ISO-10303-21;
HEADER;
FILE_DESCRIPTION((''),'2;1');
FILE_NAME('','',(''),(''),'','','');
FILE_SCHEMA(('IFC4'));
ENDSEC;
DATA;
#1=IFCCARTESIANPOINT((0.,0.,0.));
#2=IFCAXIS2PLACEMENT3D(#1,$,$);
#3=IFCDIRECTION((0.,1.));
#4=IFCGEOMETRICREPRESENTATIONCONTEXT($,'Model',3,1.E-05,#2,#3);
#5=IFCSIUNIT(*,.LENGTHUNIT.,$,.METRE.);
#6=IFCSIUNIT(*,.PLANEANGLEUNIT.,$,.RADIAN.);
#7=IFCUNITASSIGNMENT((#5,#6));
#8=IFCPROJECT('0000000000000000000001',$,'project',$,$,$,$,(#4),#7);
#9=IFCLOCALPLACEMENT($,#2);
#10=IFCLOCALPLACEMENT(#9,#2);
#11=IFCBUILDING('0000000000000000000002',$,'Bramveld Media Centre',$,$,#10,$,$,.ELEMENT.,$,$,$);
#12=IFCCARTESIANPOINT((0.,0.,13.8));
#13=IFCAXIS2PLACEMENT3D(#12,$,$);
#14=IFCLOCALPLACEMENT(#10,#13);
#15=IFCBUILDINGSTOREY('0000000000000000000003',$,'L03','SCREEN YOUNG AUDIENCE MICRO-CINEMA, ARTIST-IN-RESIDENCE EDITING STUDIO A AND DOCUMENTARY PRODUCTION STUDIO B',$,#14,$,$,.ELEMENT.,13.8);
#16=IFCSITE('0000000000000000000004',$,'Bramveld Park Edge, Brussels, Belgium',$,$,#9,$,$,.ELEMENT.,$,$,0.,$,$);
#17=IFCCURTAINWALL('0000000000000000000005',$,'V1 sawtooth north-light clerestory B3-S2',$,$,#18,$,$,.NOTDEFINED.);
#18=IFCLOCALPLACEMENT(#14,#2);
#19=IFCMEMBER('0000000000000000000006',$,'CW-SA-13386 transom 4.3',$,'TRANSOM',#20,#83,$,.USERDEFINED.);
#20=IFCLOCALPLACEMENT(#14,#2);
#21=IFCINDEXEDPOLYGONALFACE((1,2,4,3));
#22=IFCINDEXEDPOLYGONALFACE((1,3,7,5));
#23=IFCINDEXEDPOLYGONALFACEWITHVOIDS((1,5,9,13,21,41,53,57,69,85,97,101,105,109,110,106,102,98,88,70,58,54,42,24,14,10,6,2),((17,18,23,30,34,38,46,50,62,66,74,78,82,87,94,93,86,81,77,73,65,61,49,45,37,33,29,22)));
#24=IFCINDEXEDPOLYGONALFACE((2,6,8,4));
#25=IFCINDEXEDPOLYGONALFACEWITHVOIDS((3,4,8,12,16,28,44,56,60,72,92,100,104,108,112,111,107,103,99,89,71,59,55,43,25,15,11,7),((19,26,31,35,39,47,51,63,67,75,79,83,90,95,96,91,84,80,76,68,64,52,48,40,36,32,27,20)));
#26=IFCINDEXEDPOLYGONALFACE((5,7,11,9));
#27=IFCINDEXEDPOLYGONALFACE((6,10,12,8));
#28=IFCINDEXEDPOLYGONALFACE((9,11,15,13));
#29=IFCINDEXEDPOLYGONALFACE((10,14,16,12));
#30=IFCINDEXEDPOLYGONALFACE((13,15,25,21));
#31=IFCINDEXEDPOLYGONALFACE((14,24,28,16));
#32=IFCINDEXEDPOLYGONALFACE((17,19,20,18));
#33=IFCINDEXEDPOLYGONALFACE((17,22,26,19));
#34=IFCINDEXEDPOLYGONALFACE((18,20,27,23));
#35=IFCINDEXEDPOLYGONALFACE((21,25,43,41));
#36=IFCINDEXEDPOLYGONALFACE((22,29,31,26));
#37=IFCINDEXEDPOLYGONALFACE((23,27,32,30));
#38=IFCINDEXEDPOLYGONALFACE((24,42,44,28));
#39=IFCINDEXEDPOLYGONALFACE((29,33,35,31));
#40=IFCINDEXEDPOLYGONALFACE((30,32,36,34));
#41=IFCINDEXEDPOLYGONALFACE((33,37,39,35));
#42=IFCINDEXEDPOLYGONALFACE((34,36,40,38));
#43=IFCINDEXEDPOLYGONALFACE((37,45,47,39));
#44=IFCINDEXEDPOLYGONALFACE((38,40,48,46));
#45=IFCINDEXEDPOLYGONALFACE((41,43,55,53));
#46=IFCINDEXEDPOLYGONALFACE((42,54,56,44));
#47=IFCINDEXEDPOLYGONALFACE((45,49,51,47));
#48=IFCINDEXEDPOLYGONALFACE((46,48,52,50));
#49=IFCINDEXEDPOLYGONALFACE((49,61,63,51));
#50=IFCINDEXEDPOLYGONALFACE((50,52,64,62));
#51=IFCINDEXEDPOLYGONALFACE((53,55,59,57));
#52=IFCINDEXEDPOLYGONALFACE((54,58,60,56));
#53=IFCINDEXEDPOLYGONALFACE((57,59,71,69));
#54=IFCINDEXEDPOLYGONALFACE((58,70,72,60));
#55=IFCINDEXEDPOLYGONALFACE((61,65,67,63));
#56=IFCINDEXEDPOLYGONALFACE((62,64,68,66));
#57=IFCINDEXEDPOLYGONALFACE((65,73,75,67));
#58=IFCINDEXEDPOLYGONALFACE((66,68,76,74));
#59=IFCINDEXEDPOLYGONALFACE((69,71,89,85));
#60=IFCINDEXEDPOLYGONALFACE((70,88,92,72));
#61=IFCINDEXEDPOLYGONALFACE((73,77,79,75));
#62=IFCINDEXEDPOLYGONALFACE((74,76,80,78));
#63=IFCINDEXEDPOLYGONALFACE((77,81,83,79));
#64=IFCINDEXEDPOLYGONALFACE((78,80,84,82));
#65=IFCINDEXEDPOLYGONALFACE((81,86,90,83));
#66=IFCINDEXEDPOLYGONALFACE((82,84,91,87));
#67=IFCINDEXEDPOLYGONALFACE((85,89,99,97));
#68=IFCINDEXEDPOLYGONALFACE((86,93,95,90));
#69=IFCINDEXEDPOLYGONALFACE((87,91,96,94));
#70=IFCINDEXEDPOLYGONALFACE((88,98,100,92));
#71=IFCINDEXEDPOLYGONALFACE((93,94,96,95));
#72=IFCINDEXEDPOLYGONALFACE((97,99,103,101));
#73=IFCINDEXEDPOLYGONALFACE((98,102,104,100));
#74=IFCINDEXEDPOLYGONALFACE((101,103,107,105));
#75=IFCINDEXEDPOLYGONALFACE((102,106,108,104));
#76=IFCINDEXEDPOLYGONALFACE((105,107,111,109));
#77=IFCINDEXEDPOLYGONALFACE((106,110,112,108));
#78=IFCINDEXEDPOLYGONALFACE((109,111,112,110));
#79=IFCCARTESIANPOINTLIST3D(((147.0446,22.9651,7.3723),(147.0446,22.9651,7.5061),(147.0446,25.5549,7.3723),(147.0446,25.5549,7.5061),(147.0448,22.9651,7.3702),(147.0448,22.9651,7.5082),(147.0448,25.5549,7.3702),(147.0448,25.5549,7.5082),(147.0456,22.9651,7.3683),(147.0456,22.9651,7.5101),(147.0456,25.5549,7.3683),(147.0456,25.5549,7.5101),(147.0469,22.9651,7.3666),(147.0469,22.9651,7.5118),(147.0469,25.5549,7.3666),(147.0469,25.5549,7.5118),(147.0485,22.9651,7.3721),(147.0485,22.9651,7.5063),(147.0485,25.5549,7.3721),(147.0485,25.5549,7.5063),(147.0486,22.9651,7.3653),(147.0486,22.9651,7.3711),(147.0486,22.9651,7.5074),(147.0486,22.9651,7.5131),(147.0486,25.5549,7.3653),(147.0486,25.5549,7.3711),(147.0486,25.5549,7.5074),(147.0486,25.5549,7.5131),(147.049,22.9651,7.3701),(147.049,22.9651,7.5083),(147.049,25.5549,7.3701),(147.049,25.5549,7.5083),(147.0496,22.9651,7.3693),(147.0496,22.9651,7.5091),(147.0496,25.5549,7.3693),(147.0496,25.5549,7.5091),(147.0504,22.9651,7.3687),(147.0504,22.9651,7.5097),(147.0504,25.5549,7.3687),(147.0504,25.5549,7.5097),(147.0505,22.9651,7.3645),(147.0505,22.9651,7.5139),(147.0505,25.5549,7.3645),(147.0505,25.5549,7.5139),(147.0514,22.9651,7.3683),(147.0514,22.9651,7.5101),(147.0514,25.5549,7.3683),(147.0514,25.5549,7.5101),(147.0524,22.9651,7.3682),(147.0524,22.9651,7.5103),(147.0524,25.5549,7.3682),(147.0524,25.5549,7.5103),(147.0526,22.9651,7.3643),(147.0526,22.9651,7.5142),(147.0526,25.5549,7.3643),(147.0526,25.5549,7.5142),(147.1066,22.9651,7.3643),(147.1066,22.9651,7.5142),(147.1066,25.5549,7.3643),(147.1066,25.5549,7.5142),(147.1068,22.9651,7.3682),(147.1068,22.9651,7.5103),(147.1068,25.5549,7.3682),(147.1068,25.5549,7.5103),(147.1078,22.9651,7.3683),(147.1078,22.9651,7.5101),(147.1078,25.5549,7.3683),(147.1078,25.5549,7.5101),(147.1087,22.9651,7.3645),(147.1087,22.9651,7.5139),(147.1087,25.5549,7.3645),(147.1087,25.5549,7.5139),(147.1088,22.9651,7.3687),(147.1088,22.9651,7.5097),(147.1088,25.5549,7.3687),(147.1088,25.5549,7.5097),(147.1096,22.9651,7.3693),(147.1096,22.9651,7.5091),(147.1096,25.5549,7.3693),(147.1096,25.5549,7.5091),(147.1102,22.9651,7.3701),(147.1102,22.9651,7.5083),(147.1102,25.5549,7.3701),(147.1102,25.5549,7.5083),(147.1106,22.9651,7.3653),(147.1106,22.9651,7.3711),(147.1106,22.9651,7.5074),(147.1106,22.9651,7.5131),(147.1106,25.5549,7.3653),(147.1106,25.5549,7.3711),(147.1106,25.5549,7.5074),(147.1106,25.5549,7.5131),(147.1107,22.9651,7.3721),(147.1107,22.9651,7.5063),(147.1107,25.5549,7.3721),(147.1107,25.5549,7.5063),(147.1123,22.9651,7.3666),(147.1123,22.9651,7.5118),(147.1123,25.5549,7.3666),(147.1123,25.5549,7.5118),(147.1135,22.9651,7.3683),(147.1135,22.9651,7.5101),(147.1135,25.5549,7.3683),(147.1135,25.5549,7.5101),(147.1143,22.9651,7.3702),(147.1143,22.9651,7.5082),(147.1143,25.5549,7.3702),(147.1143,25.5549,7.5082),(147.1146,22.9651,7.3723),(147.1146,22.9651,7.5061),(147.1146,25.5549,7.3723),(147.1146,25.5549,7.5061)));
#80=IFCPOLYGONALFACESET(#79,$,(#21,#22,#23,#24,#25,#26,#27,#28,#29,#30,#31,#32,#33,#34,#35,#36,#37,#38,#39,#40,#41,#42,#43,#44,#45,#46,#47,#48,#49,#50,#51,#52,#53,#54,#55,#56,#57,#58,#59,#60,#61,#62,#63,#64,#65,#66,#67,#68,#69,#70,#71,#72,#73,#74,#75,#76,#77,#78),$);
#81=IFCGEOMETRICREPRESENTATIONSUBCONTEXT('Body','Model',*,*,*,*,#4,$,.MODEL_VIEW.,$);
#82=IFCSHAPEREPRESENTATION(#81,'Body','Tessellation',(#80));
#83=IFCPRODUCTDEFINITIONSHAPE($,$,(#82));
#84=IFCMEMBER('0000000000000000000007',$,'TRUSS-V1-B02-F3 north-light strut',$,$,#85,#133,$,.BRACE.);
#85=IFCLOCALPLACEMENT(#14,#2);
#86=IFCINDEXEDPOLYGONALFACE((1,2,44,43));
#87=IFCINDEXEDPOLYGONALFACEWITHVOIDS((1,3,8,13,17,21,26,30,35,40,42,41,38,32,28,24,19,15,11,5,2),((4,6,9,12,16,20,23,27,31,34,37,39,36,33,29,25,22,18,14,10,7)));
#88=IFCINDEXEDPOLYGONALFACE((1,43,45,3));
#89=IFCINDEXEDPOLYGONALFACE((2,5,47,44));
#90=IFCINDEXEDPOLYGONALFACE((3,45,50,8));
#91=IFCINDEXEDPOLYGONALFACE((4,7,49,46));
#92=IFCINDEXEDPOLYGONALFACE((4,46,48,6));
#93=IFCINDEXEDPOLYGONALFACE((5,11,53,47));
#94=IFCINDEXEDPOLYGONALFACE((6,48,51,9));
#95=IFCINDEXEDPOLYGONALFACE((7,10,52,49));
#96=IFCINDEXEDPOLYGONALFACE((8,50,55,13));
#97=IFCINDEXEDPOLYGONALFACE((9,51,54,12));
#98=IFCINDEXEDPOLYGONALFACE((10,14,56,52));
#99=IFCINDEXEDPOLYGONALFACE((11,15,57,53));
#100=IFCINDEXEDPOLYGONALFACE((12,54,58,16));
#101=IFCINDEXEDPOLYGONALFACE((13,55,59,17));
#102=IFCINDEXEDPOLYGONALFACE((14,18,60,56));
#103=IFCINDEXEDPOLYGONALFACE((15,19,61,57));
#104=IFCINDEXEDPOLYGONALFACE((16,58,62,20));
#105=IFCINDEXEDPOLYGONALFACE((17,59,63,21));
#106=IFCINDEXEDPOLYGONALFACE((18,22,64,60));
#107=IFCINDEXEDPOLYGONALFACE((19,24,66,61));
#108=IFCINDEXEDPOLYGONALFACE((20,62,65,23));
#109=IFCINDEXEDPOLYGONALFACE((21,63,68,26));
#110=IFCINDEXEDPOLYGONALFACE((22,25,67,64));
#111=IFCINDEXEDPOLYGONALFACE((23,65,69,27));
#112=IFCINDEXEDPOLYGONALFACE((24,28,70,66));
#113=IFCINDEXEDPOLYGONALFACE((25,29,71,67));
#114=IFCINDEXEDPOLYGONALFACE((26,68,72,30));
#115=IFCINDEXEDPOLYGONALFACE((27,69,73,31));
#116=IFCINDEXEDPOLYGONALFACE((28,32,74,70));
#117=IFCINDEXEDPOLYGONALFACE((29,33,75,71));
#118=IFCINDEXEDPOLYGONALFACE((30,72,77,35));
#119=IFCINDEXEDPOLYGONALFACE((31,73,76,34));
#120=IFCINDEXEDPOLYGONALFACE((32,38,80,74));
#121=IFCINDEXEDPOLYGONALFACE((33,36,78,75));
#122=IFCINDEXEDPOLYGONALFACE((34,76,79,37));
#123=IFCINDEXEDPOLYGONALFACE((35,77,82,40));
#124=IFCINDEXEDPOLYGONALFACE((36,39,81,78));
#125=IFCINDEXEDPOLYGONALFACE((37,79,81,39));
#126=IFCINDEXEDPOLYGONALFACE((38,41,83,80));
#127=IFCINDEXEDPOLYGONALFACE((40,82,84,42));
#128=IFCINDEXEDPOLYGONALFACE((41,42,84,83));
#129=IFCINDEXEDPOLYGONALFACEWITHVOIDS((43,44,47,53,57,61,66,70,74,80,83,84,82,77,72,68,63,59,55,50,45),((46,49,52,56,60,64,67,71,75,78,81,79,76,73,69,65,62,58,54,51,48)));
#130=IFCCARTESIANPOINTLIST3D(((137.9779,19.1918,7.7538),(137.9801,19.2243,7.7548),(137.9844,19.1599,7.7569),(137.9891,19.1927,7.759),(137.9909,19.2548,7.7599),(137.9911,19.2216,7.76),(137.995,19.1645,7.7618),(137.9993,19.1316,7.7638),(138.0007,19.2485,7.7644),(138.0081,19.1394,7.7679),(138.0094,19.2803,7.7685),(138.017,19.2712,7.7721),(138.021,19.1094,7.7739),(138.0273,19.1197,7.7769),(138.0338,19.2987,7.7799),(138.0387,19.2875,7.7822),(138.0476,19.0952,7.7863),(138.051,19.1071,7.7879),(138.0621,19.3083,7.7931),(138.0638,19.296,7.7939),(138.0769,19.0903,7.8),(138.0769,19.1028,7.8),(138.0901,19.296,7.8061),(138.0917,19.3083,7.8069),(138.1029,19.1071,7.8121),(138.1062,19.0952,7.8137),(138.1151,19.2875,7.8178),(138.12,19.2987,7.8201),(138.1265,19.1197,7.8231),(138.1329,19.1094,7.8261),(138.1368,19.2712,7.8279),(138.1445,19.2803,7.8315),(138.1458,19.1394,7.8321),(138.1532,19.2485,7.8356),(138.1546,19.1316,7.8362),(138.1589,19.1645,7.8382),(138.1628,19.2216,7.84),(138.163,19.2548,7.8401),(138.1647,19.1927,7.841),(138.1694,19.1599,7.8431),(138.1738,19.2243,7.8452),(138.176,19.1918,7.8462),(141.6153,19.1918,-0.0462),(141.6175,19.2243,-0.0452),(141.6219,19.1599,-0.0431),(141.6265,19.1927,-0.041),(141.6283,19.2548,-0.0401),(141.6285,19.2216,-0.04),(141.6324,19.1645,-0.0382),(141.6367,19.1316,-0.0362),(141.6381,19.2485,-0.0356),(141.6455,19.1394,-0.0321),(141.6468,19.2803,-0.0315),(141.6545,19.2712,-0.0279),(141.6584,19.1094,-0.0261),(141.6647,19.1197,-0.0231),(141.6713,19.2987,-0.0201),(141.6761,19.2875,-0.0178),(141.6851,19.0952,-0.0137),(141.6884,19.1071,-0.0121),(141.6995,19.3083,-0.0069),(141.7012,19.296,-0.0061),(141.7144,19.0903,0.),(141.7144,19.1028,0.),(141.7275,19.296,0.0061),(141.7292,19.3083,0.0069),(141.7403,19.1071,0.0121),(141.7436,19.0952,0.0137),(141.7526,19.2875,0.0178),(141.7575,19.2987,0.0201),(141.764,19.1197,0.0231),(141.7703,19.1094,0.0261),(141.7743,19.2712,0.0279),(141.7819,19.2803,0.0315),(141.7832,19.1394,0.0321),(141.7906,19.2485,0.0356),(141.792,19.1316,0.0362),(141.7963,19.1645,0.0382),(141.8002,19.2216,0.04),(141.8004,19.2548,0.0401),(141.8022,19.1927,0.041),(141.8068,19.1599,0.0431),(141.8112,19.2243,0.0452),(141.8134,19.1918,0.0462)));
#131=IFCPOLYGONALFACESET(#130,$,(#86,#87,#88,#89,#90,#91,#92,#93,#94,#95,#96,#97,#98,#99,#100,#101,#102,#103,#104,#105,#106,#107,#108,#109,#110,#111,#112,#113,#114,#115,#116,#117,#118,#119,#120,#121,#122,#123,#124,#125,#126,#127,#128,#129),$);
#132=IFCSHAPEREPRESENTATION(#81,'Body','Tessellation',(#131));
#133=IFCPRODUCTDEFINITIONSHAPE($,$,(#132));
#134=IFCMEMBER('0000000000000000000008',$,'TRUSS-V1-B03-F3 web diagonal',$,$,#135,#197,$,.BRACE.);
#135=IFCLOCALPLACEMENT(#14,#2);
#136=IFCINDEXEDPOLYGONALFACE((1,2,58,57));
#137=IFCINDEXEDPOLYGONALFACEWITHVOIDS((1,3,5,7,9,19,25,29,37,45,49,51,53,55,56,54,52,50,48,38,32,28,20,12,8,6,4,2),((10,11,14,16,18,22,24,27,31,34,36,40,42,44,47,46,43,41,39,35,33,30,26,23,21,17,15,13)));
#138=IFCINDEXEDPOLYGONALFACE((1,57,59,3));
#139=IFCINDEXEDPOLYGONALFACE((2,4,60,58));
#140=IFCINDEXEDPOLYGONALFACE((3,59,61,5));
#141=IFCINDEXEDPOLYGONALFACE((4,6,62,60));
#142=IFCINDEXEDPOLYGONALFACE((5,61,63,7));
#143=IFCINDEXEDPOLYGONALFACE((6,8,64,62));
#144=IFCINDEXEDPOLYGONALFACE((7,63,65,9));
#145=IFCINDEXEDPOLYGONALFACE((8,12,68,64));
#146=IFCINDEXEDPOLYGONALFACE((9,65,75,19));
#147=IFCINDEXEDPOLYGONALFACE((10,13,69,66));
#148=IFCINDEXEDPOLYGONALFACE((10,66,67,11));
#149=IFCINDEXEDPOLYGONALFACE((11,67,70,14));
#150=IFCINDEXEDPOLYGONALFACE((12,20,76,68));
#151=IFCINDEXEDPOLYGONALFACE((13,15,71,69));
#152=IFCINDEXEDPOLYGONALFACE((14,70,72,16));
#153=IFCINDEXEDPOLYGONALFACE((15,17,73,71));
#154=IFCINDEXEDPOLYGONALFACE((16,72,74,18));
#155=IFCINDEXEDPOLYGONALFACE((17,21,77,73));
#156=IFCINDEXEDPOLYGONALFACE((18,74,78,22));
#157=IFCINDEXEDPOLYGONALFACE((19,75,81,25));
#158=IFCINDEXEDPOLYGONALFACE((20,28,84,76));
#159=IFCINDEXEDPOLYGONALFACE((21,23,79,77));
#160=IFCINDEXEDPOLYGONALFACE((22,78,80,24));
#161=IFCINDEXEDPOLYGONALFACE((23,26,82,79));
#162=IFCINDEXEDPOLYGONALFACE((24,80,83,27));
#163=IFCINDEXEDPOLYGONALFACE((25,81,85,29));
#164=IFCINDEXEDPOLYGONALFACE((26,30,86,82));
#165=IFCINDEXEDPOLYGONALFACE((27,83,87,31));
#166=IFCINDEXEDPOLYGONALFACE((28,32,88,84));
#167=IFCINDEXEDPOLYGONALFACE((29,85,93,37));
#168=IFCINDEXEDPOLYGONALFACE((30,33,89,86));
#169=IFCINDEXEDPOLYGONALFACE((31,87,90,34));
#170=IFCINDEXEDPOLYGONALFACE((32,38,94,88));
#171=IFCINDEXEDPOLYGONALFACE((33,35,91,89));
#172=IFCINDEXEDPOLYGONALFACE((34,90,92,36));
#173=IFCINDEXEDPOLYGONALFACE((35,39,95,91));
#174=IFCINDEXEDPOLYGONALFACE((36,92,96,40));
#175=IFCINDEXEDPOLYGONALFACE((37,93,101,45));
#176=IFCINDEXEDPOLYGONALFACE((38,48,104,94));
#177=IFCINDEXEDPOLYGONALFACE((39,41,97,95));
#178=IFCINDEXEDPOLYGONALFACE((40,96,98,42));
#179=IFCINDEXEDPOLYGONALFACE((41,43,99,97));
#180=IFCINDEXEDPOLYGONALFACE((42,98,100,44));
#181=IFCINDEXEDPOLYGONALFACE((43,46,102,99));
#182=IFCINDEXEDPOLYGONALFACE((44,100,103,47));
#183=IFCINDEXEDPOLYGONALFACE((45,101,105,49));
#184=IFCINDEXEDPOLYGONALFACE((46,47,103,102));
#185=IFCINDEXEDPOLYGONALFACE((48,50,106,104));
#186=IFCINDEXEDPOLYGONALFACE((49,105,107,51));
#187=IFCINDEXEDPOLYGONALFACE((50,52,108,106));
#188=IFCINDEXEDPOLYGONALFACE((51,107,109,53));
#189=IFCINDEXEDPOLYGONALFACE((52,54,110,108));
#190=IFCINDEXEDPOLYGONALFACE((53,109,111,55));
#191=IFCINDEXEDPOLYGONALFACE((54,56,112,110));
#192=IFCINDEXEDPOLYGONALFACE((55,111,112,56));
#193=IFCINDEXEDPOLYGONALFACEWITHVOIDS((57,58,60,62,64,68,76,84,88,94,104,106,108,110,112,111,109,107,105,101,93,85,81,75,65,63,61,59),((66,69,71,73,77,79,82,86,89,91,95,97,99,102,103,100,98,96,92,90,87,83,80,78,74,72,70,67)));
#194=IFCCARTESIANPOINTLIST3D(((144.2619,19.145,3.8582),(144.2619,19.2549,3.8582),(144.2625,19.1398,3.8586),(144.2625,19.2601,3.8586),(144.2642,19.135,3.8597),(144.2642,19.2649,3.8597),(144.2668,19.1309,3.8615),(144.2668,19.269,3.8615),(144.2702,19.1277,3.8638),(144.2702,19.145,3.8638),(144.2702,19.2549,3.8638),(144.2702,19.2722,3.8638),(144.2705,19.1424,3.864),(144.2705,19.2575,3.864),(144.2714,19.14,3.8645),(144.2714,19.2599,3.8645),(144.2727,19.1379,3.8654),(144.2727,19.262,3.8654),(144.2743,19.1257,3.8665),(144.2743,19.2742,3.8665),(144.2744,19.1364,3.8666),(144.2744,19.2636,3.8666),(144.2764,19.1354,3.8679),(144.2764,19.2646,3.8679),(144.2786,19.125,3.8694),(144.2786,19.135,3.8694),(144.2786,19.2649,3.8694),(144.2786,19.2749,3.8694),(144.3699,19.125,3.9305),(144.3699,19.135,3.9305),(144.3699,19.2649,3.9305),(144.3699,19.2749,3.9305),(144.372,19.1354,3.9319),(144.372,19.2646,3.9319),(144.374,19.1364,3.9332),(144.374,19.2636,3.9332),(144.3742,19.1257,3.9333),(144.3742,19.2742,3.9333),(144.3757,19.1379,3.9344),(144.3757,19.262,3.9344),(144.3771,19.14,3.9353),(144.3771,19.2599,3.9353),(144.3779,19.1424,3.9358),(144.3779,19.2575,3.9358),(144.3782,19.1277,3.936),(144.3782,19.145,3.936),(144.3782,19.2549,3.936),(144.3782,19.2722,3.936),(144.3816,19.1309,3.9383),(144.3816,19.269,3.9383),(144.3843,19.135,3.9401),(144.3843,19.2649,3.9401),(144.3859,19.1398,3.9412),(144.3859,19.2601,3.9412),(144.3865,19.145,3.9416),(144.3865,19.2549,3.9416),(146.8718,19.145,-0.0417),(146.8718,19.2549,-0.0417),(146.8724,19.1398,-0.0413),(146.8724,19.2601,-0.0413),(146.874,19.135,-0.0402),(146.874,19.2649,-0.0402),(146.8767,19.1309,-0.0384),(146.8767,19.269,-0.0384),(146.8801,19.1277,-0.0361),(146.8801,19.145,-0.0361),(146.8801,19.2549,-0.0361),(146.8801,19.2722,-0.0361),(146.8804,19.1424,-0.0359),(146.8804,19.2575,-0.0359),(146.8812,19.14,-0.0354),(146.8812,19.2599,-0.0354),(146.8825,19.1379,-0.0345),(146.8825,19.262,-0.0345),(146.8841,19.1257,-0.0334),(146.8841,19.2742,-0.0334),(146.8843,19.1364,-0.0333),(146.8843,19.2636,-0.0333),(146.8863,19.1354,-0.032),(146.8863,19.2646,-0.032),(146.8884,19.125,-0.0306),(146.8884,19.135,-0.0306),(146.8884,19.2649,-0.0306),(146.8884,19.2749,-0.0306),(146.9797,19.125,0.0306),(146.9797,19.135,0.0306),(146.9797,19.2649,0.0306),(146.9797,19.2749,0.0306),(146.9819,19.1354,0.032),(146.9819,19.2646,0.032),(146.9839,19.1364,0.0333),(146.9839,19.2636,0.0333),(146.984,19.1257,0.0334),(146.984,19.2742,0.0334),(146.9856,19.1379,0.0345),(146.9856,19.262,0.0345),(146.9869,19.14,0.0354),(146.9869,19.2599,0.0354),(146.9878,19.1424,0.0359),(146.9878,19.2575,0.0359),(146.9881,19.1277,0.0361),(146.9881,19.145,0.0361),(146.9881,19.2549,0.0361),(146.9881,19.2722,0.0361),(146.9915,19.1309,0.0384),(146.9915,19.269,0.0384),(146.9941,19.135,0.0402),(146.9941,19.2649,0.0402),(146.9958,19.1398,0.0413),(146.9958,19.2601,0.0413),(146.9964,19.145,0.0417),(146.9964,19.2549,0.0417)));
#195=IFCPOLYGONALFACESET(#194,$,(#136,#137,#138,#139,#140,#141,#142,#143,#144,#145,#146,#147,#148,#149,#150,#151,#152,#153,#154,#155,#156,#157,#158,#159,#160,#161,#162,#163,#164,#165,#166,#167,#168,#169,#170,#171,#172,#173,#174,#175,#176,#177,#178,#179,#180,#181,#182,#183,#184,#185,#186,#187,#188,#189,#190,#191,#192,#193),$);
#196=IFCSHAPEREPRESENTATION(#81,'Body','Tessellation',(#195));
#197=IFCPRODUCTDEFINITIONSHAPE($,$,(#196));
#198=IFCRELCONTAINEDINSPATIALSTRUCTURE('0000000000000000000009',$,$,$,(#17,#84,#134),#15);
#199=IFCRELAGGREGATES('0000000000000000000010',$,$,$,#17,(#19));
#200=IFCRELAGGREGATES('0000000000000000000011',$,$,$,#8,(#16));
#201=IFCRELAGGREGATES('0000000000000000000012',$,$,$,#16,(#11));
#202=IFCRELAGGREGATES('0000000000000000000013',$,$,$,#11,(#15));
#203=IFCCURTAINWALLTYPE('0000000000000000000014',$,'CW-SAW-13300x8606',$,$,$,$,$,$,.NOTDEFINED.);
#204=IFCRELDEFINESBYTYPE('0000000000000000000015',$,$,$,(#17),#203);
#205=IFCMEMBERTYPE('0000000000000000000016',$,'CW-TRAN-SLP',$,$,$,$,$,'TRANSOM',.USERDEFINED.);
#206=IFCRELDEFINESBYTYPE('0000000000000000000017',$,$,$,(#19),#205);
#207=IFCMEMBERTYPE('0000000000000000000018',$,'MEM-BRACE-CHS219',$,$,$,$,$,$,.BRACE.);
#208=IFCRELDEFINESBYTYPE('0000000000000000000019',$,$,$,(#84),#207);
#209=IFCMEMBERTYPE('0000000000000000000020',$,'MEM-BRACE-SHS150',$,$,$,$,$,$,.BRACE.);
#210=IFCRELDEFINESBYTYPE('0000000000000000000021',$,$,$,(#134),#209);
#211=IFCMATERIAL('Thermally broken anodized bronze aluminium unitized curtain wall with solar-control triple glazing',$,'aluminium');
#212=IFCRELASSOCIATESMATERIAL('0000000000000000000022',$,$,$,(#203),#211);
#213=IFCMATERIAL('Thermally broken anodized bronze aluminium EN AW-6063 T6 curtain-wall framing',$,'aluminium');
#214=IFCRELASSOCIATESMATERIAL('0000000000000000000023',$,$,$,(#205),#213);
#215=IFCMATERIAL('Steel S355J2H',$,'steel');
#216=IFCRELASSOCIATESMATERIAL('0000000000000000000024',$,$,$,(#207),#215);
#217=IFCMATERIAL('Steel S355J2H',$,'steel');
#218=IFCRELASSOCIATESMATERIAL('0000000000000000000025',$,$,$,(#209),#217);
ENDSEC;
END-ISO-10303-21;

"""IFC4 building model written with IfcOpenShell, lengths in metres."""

from ifc_helpers import new_model, si_unit, direction, frame, origin, origin_2d, place, context, subcontext, project, spatial, hollow_rectangle, hollow_circle, extrude, material, material_profile, profile_set, type_object, element, aggregate, save


model = new_model("IFC4")

# Units and contexts
model_context = context("Model", 3, precision=1e-05, world=origin(), true_north=direction((0.0, 1.0)))
body_context = subcontext(model_context, "Body", "Model", "MODEL_VIEW")
ifc_project = project(units=[si_unit("LENGTHUNIT", "METRE"), si_unit("PLANEANGLEUNIT", "RADIAN")], contexts=[model_context])

# Site, building, storey
site_placement = place(None, origin())
site = spatial("IfcSite", under=ifc_project, at=site_placement, Name="Bramveld Park Edge, Brussels, Belgium", CompositionType="ELEMENT", RefElevation=0.0)
building_placement = place(site_placement, origin())
building = spatial("IfcBuilding", under=site, at=building_placement, Name="Bramveld Media Centre", CompositionType="ELEMENT")
storey_placement = place(building_placement, frame((0.0, 0.0, 13.8)))
storey = spatial("IfcBuildingStorey", under=building, at=storey_placement, Name="L03", Description="SCREEN YOUNG AUDIENCE MICRO-CINEMA, ARTIST-IN-RESIDENCE EDITING STUDIO A AND DOCUMENTARY PRODUCTION STUDIO B", CompositionType="ELEMENT", Elevation=13.8)

# Curtain wall, member
ifc_material_1 = material(Name="Thermally broken anodized bronze aluminium unitized curtain wall with solar-control triple glazing", Category="aluminium")
curtain_wall_type = type_object("IfcCurtainWallType", Name="CW-SAW-13300x8606", PredefinedType="NOTDEFINED", material=ifc_material_1)
ifc_material_2 = material(Name="Thermally broken anodized bronze aluminium EN AW-6063 T6 curtain-wall framing", Category="aluminium")
ifc_material_profile_1 = material_profile(ifc_material_2, hollow_rectangle(XDim=0.0701, YDim=0.1499, WallThickness=0.0039, InnerFilletRadius=0.0039, OuterFilletRadius=0.0081, at=origin_2d()), Name="AL-TRAN 70x150")
ifc_profile_set_1 = profile_set([ifc_material_profile_1], Name="Thermally broken anodized bronze aluminium EN AW-6063 T6 curtain-wall framing")
member_type_1 = type_object("IfcMemberType", Name="CW-TRAN-SLP", ElementType="TRANSOM", PredefinedType="USERDEFINED", material=ifc_profile_set_1)
curtain_wall_1_placement = place(storey_placement, origin())
curtain_wall_1 = element("IfcCurtainWall", 1, at=curtain_wall_1_placement, inside=storey, type_object=curtain_wall_type, Name="V1 sawtooth north-light clerestory B3-S2", PredefinedType="NOTDEFINED")
member_1_placement = place(storey_placement, frame((147.0796, 22.9651, 7.4392), z_axis=(0.0, 1.0, 0.0), x_axis=(-1.0, 0.0, 0.0)))
member_1 = element("IfcMember", 2, at=member_1_placement, type_object=member_type_1, Name="CW-SA-13386 transom 4.3", ObjectType="TRANSOM", PredefinedType="USERDEFINED", context=body_context, shape_type="SweptSolid", body=[
    extrude(hollow_rectangle(XDim=0.0701, YDim=0.1499, WallThickness=0.0039, InnerFilletRadius=0.0039, OuterFilletRadius=0.0081, at=origin_2d()), origin(), (0.0, 0.0, 1.0), 2.5898),
])

# Members
ifc_material_3 = material(Name="Steel S355J2H", Category="steel")
ifc_material_profile_2 = material_profile(ifc_material_3, hollow_circle(Radius=0.1096, WallThickness=0.0125, at=origin_2d()), Name="CHS 219.1x12.5")
ifc_profile_set_2 = profile_set([ifc_material_profile_2], Name="Steel S355J2H")
member_type_2 = type_object("IfcMemberType", Name="MEM-BRACE-CHS219", PredefinedType="BRACE", material=ifc_profile_set_2)
member_2_placement = place(storey_placement, frame((141.7144, 19.2, 0.0), z_axis=(-0.42264, 0.0, 0.906298), x_axis=(0.0, -1.0, 0.0)))
element("IfcMember", 3, at=member_2_placement, inside=storey, type_object=member_type_2, Name="TRUSS-V1-B02-F3 north-light strut", PredefinedType="BRACE", context=body_context, shape_type="SweptSolid", body=[
    extrude(hollow_circle(Radius=0.1096, WallThickness=0.0125, at=origin_2d()), origin(), (0.0, 0.0, 1.0), 8.6064),
])
ifc_material_4 = material(Name="Steel S355J2H", Category="steel")
ifc_material_profile_3 = material_profile(ifc_material_4, hollow_rectangle(XDim=0.1499, YDim=0.1499, WallThickness=0.01, InnerFilletRadius=0.01, OuterFilletRadius=0.02, at=origin_2d()), Name="SHS 150x150x10")
ifc_profile_set_3 = profile_set([ifc_material_profile_3], Name="Steel S355J2H")
member_type_3 = type_object("IfcMemberType", Name="MEM-BRACE-SHS150", PredefinedType="BRACE", material=ifc_profile_set_3)
member_3_placement = place(storey_placement, frame((146.9341, 19.2, 0.0), z_axis=(-0.556164, 0.0, 0.831073), x_axis=(0.0, -1.0, 0.0)))
element("IfcMember", 4, at=member_3_placement, inside=storey, type_object=member_type_3, Name="TRUSS-V1-B03-F3 web diagonal", PredefinedType="BRACE", context=body_context, shape_type="SweptSolid", body=[
    extrude(hollow_rectangle(XDim=0.1499, YDim=0.1499, WallThickness=0.01, InnerFilletRadius=0.01, OuterFilletRadius=0.02, at=origin_2d()), origin(), (0.0, 0.0, 1.0), 4.6926),
])

aggregate(curtain_wall_1, [member_1])

save(model, "model.ifc")
